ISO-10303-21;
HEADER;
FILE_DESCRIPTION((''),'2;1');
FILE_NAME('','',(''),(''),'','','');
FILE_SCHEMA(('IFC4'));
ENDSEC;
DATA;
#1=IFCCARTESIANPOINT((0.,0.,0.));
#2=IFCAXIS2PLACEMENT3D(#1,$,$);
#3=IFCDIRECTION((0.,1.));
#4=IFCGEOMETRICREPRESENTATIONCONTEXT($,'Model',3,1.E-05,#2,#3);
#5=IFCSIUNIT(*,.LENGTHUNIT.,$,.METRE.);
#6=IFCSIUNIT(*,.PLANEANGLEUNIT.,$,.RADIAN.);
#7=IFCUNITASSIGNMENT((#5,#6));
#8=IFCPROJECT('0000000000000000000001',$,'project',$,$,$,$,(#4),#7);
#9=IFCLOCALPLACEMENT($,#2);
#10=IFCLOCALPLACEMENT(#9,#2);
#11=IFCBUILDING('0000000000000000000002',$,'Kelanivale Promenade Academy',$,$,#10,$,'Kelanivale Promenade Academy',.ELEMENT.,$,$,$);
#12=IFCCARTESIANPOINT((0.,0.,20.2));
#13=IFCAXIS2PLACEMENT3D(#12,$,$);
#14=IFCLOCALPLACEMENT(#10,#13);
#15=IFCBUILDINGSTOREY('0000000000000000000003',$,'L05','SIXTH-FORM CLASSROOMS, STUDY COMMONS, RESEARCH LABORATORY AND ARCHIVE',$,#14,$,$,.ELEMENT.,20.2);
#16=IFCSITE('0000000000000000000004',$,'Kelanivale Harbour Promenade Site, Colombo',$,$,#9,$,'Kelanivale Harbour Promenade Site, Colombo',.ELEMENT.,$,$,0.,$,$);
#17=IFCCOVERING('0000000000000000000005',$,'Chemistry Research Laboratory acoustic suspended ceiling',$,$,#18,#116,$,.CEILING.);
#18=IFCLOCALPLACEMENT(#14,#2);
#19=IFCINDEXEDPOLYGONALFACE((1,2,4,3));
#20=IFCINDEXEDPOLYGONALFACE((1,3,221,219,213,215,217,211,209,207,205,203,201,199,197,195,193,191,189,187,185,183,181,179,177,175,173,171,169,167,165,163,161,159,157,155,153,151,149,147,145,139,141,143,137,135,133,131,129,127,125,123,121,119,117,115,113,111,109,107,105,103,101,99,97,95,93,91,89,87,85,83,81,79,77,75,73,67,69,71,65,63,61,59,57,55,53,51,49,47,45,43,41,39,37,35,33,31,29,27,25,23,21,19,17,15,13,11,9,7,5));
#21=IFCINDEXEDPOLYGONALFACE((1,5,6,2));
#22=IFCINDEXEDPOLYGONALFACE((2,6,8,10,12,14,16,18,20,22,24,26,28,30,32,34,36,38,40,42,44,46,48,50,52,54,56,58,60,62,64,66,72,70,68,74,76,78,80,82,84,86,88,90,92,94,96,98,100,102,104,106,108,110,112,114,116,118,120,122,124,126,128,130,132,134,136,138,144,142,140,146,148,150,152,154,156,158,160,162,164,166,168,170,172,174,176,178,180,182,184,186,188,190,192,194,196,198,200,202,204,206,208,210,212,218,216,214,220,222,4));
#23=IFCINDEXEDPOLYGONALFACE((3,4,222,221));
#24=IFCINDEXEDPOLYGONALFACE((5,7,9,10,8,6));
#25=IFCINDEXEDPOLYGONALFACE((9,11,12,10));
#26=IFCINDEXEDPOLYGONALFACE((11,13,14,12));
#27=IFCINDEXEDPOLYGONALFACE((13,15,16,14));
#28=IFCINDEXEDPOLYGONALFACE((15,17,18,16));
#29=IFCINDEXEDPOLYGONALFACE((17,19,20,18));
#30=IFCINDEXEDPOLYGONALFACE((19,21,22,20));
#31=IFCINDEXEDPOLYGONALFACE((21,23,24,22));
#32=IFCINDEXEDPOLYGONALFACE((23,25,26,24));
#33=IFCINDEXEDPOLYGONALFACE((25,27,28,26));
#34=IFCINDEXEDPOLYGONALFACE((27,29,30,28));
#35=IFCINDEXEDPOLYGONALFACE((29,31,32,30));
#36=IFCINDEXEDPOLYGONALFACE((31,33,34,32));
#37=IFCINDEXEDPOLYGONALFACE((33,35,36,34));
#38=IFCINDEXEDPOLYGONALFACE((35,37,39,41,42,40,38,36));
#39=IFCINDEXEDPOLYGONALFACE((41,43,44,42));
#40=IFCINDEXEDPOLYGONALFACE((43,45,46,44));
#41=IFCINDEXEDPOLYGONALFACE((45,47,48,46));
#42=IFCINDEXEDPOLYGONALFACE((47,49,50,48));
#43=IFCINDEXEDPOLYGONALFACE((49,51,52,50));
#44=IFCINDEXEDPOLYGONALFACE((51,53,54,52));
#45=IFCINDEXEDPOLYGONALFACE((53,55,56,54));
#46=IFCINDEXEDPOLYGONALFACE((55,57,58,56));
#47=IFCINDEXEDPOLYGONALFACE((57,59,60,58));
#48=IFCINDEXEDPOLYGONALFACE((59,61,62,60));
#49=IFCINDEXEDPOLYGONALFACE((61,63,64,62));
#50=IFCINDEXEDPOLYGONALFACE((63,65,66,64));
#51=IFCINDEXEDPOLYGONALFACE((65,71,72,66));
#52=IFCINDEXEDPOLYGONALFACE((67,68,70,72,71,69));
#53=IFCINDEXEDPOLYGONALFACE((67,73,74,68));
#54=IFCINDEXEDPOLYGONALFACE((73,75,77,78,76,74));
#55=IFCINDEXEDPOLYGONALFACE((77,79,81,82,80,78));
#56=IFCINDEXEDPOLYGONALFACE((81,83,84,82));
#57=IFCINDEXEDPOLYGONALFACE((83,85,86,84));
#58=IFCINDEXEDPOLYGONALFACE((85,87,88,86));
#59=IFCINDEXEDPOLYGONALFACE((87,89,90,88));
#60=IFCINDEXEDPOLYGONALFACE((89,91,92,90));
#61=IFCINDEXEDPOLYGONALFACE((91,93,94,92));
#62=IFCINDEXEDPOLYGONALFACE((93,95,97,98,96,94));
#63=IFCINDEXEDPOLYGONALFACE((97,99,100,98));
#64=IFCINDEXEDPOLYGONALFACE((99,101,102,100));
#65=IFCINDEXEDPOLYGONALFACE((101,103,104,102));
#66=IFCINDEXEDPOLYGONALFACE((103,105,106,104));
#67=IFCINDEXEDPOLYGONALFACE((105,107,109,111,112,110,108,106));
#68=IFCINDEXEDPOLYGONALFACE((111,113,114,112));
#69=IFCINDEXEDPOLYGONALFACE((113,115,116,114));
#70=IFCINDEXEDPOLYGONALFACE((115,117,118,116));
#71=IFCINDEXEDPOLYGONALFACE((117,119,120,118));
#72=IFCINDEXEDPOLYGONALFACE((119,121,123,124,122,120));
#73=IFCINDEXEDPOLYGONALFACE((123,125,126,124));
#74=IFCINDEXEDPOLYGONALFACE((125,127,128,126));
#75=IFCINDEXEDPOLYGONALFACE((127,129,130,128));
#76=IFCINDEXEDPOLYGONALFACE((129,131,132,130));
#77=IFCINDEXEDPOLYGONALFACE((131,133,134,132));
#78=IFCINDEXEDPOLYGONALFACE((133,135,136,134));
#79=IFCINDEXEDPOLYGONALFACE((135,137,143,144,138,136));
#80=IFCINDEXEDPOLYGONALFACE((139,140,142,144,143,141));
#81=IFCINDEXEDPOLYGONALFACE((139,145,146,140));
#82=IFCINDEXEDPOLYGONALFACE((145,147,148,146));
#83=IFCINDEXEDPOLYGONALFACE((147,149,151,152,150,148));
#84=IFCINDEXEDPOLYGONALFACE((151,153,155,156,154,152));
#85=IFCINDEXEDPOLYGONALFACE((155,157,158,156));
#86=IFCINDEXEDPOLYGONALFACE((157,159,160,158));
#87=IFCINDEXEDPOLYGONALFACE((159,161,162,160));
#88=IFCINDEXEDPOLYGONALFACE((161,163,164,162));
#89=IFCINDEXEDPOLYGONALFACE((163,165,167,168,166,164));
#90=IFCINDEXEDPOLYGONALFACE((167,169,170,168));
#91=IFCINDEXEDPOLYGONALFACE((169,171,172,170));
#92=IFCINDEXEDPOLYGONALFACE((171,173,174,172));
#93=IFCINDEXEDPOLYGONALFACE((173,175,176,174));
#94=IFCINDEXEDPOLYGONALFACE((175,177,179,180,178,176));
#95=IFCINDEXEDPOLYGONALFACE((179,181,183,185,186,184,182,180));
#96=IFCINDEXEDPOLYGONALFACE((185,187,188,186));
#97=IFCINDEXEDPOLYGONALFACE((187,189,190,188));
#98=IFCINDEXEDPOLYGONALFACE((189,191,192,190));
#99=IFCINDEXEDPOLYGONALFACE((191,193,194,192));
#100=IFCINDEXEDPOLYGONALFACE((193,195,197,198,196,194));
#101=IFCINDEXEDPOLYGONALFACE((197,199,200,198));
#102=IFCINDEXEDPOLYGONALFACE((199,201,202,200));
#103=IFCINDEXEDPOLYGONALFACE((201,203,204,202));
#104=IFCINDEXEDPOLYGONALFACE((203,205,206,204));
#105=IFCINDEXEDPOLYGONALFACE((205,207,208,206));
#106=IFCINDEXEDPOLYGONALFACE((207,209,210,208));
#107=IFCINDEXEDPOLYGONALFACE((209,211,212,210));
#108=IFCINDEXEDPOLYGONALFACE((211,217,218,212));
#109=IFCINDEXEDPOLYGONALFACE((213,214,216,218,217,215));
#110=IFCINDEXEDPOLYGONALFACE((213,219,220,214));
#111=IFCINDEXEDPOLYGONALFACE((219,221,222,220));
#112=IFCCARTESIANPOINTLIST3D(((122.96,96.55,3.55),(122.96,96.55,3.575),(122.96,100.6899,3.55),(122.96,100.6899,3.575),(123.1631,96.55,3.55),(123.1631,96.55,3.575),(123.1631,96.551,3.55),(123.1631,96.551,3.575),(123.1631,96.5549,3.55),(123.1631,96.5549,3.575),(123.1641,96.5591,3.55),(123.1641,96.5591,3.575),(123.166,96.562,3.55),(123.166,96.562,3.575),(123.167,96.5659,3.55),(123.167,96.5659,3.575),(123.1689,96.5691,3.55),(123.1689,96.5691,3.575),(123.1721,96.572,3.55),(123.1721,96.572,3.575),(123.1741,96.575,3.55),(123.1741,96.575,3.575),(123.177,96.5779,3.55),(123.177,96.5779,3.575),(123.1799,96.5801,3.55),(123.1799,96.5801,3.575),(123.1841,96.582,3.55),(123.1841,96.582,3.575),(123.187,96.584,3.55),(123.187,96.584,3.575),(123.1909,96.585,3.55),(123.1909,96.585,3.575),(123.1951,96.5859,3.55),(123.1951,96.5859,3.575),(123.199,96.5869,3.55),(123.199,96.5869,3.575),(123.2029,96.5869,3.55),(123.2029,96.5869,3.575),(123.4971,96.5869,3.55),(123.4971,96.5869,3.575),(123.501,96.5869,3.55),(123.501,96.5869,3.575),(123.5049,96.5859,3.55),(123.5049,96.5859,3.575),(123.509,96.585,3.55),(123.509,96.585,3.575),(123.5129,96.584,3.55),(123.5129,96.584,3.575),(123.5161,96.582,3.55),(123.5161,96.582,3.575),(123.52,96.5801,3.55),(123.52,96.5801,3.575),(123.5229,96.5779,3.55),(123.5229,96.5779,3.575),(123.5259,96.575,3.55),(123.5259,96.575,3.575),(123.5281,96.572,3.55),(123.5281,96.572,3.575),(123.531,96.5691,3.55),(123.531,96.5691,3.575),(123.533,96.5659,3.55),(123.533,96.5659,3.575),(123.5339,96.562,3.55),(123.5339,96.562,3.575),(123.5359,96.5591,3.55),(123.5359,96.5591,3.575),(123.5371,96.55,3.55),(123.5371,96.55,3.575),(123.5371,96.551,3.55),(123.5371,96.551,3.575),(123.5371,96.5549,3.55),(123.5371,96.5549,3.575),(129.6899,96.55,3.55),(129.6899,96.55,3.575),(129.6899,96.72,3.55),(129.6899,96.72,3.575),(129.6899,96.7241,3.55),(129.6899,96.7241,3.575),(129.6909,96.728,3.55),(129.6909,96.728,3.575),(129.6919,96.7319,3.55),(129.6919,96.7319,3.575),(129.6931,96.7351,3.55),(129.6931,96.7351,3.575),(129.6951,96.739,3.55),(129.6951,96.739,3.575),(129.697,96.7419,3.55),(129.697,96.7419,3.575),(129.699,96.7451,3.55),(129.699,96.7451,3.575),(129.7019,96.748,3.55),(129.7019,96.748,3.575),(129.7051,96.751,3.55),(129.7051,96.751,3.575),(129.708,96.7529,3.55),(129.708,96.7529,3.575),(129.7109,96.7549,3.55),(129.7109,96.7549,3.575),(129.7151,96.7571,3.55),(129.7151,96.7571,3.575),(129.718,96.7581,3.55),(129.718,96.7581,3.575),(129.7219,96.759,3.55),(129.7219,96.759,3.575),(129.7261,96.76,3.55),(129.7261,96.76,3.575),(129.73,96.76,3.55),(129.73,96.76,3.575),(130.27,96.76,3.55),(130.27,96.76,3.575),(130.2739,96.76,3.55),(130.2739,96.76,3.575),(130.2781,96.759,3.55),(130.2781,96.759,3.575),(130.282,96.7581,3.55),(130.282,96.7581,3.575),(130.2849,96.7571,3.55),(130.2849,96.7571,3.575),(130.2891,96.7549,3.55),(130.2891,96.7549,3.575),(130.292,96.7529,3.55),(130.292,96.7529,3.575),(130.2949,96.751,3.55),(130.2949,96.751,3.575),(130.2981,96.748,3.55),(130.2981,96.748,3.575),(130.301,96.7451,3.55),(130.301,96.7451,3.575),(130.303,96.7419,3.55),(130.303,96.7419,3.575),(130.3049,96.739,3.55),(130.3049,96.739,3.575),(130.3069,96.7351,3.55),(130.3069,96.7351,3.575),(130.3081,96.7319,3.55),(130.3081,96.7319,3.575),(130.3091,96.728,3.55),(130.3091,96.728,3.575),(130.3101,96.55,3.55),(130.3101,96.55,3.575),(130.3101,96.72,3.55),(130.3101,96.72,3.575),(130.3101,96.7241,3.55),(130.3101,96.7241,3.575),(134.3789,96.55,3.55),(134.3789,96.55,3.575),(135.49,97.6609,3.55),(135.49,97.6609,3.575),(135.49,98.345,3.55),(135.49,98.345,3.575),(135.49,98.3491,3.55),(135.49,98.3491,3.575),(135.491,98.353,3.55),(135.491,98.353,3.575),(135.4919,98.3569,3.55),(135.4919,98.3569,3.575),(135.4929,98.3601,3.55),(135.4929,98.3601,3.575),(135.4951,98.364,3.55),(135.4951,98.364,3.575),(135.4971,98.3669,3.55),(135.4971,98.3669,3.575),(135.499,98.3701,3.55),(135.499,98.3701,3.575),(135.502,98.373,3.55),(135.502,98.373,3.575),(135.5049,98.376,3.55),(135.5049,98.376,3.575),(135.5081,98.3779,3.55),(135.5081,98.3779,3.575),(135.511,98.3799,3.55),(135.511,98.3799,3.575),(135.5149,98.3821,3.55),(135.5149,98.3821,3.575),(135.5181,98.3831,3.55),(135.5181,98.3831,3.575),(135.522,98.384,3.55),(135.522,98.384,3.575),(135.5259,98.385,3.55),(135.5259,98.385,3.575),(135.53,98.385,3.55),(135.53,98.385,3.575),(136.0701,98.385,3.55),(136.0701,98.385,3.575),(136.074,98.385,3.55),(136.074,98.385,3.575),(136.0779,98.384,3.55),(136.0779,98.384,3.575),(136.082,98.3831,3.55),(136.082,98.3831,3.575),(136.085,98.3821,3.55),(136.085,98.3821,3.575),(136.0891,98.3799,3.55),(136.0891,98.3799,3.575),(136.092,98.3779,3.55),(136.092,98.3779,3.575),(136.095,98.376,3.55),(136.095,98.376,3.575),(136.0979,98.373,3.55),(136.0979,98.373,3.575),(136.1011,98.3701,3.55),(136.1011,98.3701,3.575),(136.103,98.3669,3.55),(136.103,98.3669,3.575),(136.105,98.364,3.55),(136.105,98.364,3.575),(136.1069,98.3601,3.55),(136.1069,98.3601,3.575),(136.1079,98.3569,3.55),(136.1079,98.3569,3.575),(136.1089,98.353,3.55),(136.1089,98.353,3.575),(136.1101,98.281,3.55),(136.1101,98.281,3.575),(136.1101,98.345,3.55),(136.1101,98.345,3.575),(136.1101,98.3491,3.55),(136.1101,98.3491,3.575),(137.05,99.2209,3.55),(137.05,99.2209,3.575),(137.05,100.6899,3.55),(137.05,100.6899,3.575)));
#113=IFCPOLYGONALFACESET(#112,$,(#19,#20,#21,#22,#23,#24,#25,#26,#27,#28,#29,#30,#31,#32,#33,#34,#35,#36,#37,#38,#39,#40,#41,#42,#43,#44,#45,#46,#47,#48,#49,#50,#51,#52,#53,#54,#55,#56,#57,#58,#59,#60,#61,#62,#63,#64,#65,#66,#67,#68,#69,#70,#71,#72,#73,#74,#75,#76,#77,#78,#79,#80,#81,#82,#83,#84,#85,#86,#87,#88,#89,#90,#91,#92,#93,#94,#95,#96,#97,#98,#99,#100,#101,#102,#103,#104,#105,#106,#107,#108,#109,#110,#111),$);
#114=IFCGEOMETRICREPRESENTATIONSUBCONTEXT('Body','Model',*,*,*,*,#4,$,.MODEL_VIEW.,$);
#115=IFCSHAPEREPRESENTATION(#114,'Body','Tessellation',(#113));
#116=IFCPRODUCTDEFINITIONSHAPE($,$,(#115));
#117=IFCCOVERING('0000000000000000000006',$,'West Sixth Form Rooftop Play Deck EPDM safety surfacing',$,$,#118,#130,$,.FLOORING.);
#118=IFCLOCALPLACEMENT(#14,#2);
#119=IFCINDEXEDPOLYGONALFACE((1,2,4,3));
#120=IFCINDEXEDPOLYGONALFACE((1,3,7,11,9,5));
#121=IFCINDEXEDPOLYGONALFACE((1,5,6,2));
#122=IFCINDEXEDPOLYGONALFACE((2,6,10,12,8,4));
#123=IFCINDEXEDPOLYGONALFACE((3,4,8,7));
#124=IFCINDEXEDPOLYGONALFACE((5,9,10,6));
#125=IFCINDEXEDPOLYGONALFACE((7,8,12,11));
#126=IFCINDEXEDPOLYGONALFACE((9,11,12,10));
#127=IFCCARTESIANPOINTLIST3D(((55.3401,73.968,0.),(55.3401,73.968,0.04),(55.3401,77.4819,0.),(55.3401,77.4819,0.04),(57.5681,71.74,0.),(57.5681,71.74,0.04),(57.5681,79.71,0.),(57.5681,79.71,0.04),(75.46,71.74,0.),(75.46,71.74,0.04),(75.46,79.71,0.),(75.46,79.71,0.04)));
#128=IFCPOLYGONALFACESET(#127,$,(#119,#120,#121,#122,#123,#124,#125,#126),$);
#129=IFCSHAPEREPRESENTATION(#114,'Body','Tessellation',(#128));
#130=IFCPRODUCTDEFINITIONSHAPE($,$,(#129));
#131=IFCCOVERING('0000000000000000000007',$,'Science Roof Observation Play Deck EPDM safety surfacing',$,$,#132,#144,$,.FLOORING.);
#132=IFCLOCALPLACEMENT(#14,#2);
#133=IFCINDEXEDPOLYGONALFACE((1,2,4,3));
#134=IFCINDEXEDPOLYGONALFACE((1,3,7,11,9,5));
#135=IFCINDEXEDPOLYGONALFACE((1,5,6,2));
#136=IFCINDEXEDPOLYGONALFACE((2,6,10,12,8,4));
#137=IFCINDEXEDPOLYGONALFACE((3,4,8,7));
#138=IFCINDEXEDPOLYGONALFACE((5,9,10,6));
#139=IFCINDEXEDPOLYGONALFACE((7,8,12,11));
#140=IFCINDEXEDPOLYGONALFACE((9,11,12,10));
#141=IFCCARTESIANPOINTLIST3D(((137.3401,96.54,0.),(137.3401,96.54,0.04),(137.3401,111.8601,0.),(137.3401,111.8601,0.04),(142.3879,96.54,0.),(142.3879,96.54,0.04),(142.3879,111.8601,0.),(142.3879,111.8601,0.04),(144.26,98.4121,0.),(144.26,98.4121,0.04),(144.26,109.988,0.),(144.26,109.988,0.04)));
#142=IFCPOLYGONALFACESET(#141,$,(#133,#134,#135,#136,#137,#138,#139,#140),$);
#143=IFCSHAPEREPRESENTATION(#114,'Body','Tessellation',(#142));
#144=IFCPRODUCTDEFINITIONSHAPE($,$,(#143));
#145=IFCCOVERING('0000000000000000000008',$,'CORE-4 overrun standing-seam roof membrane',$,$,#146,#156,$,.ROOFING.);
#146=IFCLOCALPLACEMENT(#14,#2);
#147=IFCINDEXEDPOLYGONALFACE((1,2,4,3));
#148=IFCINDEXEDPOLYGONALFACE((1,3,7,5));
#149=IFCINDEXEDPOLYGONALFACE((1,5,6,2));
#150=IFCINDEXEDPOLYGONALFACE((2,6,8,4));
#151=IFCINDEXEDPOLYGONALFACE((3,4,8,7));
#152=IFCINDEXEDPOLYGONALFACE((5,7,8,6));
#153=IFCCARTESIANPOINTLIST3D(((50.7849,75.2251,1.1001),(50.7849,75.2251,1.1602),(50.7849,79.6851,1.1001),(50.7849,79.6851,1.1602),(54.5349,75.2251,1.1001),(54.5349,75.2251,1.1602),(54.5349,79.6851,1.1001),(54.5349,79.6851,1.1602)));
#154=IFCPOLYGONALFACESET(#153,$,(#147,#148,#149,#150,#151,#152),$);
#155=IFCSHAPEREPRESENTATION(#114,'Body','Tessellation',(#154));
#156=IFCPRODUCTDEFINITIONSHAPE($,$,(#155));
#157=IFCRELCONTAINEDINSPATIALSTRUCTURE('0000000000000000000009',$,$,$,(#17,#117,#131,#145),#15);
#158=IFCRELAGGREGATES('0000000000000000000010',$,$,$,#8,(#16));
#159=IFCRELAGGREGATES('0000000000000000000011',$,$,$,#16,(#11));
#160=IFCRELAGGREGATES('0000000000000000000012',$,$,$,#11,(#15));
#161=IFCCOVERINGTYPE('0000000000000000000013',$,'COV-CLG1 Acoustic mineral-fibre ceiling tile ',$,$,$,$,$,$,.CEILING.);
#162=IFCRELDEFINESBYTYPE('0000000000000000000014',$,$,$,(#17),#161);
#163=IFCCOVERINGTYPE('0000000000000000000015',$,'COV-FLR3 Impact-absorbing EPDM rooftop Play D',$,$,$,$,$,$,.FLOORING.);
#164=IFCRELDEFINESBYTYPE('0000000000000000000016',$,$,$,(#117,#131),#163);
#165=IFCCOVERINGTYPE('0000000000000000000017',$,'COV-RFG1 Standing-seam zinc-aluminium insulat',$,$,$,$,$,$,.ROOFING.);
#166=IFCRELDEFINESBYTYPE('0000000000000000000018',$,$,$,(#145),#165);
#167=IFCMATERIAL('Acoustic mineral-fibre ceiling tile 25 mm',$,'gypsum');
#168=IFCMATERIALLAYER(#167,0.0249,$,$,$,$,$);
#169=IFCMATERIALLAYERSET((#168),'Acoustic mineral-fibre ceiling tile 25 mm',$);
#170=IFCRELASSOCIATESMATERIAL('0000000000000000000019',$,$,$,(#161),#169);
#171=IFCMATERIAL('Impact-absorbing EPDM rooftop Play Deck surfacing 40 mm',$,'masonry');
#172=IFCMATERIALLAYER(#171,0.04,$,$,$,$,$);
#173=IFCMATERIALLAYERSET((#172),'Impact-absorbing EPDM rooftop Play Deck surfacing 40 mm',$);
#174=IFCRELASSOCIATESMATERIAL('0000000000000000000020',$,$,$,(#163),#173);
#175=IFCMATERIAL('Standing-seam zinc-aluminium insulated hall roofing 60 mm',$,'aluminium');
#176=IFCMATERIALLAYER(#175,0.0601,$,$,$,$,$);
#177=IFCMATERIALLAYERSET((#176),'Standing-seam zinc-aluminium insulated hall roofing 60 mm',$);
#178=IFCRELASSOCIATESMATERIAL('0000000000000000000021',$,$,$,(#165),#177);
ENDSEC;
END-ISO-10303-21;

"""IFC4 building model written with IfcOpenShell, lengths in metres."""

from ifc_helpers import new_model, si_unit, direction, frame, origin, place, context, subcontext, project, spatial, polyline, outline, extrude, material, layer, layer_set, type_object, element, save


model = new_model("IFC4")

# Units and contexts
model_context = context("Model", 3, precision=1e-05, world=origin(), true_north=direction((0.0, 1.0)))
body_context = subcontext(model_context, "Body", "Model", "MODEL_VIEW")
ifc_project = project(units=[si_unit("LENGTHUNIT", "METRE"), si_unit("PLANEANGLEUNIT", "RADIAN")], contexts=[model_context])

# Site, building, storey
site_placement = place(None, origin())
site = spatial("IfcSite", under=ifc_project, at=site_placement, Name="Kelanivale Harbour Promenade Site, Colombo", LongName="Kelanivale Harbour Promenade Site, Colombo", CompositionType="ELEMENT", RefElevation=0.0)
building_placement = place(site_placement, origin())
building = spatial("IfcBuilding", under=site, at=building_placement, Name="Kelanivale Promenade Academy", LongName="Kelanivale Promenade Academy", CompositionType="ELEMENT")
storey_placement = place(building_placement, frame((0.0, 0.0, 20.2)))
storey = spatial("IfcBuildingStorey", under=building, at=storey_placement, Name="L05", Description="SIXTH-FORM CLASSROOMS, STUDY COMMONS, RESEARCH LABORATORY AND ARCHIVE", CompositionType="ELEMENT", Elevation=20.2)

# Coverings
ifc_material_1 = material(Name="Acoustic mineral-fibre ceiling tile 25 mm", Category="gypsum")
ifc_layer_1 = layer(ifc_material_1, 0.0249)
ifc_layer_set_1 = layer_set([ifc_layer_1], Name="Acoustic mineral-fibre ceiling tile 25 mm")
covering_type_1 = type_object("IfcCoveringType", Name="COV-CLG1 Acoustic mineral-fibre ceiling tile ", PredefinedType="CEILING", material=ifc_layer_set_1)
covering_1_placement = place(storey_placement, frame((0.0, 0.0, 3.55)))
element("IfcCovering", 1, at=covering_1_placement, inside=storey, type_object=covering_type_1, Name="Chemistry Research Laboratory acoustic suspended ceiling", PredefinedType="CEILING", context=body_context, shape_type="SweptSolid", body=[
    extrude(outline(polyline([(134.3789, 96.55), (135.49, 97.6609), (135.49, 98.345), (135.49, 98.3491), (135.491, 98.353), (135.4919, 98.3569), (135.4929, 98.3601), (135.4951, 98.364), (135.4971, 98.3669), (135.499, 98.3701), (135.502, 98.373), (135.5049, 98.376), (135.5081, 98.3779), (135.511, 98.3799), (135.5149, 98.3821), (135.5181, 98.3831), (135.522, 98.384), (135.5259, 98.385), (135.53, 98.385), (136.0701, 98.385), (136.074, 98.385), (136.0779, 98.384), (136.082, 98.3831), (136.085, 98.3821), (136.0891, 98.3799), (136.092, 98.3779), (136.095, 98.376), (136.0979, 98.373), (136.1011, 98.3701), (136.103, 98.3669), (136.105, 98.364), (136.1069, 98.3601), (136.1079, 98.3569), (136.1089, 98.353), (136.1101, 98.3491), (136.1101, 98.345), (136.1101, 98.281), (137.05, 99.2209), (137.05, 100.6899), (122.96, 100.6899), (122.96, 96.55), (123.1631, 96.55), (123.1631, 96.551), (123.1631, 96.5549), (123.1641, 96.5591), (123.166, 96.562), (123.167, 96.5659), (123.1689, 96.5691), (123.1721, 96.572), (123.1741, 96.575), (123.177, 96.5779), (123.1799, 96.5801), (123.1841, 96.582), (123.187, 96.584), (123.1909, 96.585), (123.1951, 96.5859), (123.199, 96.5869), (123.2029, 96.5869), (123.4971, 96.5869), (123.501, 96.5869), (123.5049, 96.5859), (123.509, 96.585), (123.5129, 96.584), (123.5161, 96.582), (123.52, 96.5801), (123.5229, 96.5779), (123.5259, 96.575), (123.5281, 96.572), (123.531, 96.5691), (123.533, 96.5659), (123.5339, 96.562), (123.5359, 96.5591), (123.5371, 96.5549), (123.5371, 96.551), (123.5371, 96.55), (129.6899, 96.55), (129.6899, 96.72), (129.6899, 96.7241), (129.6909, 96.728), (129.6919, 96.7319), (129.6931, 96.7351), (129.6951, 96.739), (129.697, 96.7419), (129.699, 96.7451), (129.7019, 96.748), (129.7051, 96.751), (129.708, 96.7529), (129.7109, 96.7549), (129.7151, 96.7571), (129.718, 96.7581), (129.7219, 96.759), (129.7261, 96.76), (129.73, 96.76), (130.27, 96.76), (130.2739, 96.76), (130.2781, 96.759), (130.282, 96.7581), (130.2849, 96.7571), (130.2891, 96.7549), (130.292, 96.7529), (130.2949, 96.751), (130.2981, 96.748), (130.301, 96.7451), (130.303, 96.7419), (130.3049, 96.739), (130.3069, 96.7351), (130.3081, 96.7319), (130.3091, 96.728), (130.3101, 96.7241), (130.3101, 96.72), (130.3101, 96.55), (134.3789, 96.55)])), origin(), (0.0, 0.0, 1.0), 0.0249),
])
ifc_material_2 = material(Name="Impact-absorbing EPDM rooftop Play Deck surfacing 40 mm", Category="masonry")
ifc_layer_2 = layer(ifc_material_2, 0.04)
ifc_layer_set_2 = layer_set([ifc_layer_2], Name="Impact-absorbing EPDM rooftop Play Deck surfacing 40 mm")
covering_type_2 = type_object("IfcCoveringType", Name="COV-FLR3 Impact-absorbing EPDM rooftop Play D", PredefinedType="FLOORING", material=ifc_layer_set_2)
covering_2_placement = place(storey_placement, origin())
element("IfcCovering", 2, at=covering_2_placement, inside=storey, type_object=covering_type_2, Name="West Sixth Form Rooftop Play Deck EPDM safety surfacing", PredefinedType="FLOORING", context=body_context, shape_type="SweptSolid", body=[
    extrude(outline(polyline([(57.5681, 71.74), (75.46, 71.74), (75.46, 79.71), (57.5681, 79.71), (55.3401, 77.4819), (55.3401, 73.968), (57.5681, 71.74)])), origin(), (0.0, 0.0, 1.0), 0.04),
])
covering_3_placement = place(storey_placement, origin())
element("IfcCovering", 3, at=covering_3_placement, inside=storey, type_object=covering_type_2, Name="Science Roof Observation Play Deck EPDM safety surfacing", PredefinedType="FLOORING", context=body_context, shape_type="SweptSolid", body=[
    extrude(outline(polyline([(142.3879, 96.54), (144.26, 98.4121), (144.26, 109.988), (142.3879, 111.8601), (137.3401, 111.8601), (137.3401, 96.54), (142.3879, 96.54)])), origin(), (0.0, 0.0, 1.0), 0.04),
])
ifc_material_3 = material(Name="Standing-seam zinc-aluminium insulated hall roofing 60 mm", Category="aluminium")
ifc_layer_3 = layer(ifc_material_3, 0.0601)
ifc_layer_set_3 = layer_set([ifc_layer_3], Name="Standing-seam zinc-aluminium insulated hall roofing 60 mm")
covering_type_3 = type_object("IfcCoveringType", Name="COV-RFG1 Standing-seam zinc-aluminium insulat", PredefinedType="ROOFING", material=ifc_layer_set_3)
covering_4_placement = place(storey_placement, frame((0.0, 0.0, 1.1001)))
element("IfcCovering", 4, at=covering_4_placement, inside=storey, type_object=covering_type_3, Name="CORE-4 overrun standing-seam roof membrane", PredefinedType="ROOFING", context=body_context, shape_type="SweptSolid", body=[
    extrude(outline(polyline([(50.7849, 75.2251), (54.5349, 75.2251), (54.5349, 79.6851), (50.7849, 79.6851), (50.7849, 75.2251)])), origin(), (0.0, 0.0, 1.0), 0.0601),
])

save(model, "model.ifc")
